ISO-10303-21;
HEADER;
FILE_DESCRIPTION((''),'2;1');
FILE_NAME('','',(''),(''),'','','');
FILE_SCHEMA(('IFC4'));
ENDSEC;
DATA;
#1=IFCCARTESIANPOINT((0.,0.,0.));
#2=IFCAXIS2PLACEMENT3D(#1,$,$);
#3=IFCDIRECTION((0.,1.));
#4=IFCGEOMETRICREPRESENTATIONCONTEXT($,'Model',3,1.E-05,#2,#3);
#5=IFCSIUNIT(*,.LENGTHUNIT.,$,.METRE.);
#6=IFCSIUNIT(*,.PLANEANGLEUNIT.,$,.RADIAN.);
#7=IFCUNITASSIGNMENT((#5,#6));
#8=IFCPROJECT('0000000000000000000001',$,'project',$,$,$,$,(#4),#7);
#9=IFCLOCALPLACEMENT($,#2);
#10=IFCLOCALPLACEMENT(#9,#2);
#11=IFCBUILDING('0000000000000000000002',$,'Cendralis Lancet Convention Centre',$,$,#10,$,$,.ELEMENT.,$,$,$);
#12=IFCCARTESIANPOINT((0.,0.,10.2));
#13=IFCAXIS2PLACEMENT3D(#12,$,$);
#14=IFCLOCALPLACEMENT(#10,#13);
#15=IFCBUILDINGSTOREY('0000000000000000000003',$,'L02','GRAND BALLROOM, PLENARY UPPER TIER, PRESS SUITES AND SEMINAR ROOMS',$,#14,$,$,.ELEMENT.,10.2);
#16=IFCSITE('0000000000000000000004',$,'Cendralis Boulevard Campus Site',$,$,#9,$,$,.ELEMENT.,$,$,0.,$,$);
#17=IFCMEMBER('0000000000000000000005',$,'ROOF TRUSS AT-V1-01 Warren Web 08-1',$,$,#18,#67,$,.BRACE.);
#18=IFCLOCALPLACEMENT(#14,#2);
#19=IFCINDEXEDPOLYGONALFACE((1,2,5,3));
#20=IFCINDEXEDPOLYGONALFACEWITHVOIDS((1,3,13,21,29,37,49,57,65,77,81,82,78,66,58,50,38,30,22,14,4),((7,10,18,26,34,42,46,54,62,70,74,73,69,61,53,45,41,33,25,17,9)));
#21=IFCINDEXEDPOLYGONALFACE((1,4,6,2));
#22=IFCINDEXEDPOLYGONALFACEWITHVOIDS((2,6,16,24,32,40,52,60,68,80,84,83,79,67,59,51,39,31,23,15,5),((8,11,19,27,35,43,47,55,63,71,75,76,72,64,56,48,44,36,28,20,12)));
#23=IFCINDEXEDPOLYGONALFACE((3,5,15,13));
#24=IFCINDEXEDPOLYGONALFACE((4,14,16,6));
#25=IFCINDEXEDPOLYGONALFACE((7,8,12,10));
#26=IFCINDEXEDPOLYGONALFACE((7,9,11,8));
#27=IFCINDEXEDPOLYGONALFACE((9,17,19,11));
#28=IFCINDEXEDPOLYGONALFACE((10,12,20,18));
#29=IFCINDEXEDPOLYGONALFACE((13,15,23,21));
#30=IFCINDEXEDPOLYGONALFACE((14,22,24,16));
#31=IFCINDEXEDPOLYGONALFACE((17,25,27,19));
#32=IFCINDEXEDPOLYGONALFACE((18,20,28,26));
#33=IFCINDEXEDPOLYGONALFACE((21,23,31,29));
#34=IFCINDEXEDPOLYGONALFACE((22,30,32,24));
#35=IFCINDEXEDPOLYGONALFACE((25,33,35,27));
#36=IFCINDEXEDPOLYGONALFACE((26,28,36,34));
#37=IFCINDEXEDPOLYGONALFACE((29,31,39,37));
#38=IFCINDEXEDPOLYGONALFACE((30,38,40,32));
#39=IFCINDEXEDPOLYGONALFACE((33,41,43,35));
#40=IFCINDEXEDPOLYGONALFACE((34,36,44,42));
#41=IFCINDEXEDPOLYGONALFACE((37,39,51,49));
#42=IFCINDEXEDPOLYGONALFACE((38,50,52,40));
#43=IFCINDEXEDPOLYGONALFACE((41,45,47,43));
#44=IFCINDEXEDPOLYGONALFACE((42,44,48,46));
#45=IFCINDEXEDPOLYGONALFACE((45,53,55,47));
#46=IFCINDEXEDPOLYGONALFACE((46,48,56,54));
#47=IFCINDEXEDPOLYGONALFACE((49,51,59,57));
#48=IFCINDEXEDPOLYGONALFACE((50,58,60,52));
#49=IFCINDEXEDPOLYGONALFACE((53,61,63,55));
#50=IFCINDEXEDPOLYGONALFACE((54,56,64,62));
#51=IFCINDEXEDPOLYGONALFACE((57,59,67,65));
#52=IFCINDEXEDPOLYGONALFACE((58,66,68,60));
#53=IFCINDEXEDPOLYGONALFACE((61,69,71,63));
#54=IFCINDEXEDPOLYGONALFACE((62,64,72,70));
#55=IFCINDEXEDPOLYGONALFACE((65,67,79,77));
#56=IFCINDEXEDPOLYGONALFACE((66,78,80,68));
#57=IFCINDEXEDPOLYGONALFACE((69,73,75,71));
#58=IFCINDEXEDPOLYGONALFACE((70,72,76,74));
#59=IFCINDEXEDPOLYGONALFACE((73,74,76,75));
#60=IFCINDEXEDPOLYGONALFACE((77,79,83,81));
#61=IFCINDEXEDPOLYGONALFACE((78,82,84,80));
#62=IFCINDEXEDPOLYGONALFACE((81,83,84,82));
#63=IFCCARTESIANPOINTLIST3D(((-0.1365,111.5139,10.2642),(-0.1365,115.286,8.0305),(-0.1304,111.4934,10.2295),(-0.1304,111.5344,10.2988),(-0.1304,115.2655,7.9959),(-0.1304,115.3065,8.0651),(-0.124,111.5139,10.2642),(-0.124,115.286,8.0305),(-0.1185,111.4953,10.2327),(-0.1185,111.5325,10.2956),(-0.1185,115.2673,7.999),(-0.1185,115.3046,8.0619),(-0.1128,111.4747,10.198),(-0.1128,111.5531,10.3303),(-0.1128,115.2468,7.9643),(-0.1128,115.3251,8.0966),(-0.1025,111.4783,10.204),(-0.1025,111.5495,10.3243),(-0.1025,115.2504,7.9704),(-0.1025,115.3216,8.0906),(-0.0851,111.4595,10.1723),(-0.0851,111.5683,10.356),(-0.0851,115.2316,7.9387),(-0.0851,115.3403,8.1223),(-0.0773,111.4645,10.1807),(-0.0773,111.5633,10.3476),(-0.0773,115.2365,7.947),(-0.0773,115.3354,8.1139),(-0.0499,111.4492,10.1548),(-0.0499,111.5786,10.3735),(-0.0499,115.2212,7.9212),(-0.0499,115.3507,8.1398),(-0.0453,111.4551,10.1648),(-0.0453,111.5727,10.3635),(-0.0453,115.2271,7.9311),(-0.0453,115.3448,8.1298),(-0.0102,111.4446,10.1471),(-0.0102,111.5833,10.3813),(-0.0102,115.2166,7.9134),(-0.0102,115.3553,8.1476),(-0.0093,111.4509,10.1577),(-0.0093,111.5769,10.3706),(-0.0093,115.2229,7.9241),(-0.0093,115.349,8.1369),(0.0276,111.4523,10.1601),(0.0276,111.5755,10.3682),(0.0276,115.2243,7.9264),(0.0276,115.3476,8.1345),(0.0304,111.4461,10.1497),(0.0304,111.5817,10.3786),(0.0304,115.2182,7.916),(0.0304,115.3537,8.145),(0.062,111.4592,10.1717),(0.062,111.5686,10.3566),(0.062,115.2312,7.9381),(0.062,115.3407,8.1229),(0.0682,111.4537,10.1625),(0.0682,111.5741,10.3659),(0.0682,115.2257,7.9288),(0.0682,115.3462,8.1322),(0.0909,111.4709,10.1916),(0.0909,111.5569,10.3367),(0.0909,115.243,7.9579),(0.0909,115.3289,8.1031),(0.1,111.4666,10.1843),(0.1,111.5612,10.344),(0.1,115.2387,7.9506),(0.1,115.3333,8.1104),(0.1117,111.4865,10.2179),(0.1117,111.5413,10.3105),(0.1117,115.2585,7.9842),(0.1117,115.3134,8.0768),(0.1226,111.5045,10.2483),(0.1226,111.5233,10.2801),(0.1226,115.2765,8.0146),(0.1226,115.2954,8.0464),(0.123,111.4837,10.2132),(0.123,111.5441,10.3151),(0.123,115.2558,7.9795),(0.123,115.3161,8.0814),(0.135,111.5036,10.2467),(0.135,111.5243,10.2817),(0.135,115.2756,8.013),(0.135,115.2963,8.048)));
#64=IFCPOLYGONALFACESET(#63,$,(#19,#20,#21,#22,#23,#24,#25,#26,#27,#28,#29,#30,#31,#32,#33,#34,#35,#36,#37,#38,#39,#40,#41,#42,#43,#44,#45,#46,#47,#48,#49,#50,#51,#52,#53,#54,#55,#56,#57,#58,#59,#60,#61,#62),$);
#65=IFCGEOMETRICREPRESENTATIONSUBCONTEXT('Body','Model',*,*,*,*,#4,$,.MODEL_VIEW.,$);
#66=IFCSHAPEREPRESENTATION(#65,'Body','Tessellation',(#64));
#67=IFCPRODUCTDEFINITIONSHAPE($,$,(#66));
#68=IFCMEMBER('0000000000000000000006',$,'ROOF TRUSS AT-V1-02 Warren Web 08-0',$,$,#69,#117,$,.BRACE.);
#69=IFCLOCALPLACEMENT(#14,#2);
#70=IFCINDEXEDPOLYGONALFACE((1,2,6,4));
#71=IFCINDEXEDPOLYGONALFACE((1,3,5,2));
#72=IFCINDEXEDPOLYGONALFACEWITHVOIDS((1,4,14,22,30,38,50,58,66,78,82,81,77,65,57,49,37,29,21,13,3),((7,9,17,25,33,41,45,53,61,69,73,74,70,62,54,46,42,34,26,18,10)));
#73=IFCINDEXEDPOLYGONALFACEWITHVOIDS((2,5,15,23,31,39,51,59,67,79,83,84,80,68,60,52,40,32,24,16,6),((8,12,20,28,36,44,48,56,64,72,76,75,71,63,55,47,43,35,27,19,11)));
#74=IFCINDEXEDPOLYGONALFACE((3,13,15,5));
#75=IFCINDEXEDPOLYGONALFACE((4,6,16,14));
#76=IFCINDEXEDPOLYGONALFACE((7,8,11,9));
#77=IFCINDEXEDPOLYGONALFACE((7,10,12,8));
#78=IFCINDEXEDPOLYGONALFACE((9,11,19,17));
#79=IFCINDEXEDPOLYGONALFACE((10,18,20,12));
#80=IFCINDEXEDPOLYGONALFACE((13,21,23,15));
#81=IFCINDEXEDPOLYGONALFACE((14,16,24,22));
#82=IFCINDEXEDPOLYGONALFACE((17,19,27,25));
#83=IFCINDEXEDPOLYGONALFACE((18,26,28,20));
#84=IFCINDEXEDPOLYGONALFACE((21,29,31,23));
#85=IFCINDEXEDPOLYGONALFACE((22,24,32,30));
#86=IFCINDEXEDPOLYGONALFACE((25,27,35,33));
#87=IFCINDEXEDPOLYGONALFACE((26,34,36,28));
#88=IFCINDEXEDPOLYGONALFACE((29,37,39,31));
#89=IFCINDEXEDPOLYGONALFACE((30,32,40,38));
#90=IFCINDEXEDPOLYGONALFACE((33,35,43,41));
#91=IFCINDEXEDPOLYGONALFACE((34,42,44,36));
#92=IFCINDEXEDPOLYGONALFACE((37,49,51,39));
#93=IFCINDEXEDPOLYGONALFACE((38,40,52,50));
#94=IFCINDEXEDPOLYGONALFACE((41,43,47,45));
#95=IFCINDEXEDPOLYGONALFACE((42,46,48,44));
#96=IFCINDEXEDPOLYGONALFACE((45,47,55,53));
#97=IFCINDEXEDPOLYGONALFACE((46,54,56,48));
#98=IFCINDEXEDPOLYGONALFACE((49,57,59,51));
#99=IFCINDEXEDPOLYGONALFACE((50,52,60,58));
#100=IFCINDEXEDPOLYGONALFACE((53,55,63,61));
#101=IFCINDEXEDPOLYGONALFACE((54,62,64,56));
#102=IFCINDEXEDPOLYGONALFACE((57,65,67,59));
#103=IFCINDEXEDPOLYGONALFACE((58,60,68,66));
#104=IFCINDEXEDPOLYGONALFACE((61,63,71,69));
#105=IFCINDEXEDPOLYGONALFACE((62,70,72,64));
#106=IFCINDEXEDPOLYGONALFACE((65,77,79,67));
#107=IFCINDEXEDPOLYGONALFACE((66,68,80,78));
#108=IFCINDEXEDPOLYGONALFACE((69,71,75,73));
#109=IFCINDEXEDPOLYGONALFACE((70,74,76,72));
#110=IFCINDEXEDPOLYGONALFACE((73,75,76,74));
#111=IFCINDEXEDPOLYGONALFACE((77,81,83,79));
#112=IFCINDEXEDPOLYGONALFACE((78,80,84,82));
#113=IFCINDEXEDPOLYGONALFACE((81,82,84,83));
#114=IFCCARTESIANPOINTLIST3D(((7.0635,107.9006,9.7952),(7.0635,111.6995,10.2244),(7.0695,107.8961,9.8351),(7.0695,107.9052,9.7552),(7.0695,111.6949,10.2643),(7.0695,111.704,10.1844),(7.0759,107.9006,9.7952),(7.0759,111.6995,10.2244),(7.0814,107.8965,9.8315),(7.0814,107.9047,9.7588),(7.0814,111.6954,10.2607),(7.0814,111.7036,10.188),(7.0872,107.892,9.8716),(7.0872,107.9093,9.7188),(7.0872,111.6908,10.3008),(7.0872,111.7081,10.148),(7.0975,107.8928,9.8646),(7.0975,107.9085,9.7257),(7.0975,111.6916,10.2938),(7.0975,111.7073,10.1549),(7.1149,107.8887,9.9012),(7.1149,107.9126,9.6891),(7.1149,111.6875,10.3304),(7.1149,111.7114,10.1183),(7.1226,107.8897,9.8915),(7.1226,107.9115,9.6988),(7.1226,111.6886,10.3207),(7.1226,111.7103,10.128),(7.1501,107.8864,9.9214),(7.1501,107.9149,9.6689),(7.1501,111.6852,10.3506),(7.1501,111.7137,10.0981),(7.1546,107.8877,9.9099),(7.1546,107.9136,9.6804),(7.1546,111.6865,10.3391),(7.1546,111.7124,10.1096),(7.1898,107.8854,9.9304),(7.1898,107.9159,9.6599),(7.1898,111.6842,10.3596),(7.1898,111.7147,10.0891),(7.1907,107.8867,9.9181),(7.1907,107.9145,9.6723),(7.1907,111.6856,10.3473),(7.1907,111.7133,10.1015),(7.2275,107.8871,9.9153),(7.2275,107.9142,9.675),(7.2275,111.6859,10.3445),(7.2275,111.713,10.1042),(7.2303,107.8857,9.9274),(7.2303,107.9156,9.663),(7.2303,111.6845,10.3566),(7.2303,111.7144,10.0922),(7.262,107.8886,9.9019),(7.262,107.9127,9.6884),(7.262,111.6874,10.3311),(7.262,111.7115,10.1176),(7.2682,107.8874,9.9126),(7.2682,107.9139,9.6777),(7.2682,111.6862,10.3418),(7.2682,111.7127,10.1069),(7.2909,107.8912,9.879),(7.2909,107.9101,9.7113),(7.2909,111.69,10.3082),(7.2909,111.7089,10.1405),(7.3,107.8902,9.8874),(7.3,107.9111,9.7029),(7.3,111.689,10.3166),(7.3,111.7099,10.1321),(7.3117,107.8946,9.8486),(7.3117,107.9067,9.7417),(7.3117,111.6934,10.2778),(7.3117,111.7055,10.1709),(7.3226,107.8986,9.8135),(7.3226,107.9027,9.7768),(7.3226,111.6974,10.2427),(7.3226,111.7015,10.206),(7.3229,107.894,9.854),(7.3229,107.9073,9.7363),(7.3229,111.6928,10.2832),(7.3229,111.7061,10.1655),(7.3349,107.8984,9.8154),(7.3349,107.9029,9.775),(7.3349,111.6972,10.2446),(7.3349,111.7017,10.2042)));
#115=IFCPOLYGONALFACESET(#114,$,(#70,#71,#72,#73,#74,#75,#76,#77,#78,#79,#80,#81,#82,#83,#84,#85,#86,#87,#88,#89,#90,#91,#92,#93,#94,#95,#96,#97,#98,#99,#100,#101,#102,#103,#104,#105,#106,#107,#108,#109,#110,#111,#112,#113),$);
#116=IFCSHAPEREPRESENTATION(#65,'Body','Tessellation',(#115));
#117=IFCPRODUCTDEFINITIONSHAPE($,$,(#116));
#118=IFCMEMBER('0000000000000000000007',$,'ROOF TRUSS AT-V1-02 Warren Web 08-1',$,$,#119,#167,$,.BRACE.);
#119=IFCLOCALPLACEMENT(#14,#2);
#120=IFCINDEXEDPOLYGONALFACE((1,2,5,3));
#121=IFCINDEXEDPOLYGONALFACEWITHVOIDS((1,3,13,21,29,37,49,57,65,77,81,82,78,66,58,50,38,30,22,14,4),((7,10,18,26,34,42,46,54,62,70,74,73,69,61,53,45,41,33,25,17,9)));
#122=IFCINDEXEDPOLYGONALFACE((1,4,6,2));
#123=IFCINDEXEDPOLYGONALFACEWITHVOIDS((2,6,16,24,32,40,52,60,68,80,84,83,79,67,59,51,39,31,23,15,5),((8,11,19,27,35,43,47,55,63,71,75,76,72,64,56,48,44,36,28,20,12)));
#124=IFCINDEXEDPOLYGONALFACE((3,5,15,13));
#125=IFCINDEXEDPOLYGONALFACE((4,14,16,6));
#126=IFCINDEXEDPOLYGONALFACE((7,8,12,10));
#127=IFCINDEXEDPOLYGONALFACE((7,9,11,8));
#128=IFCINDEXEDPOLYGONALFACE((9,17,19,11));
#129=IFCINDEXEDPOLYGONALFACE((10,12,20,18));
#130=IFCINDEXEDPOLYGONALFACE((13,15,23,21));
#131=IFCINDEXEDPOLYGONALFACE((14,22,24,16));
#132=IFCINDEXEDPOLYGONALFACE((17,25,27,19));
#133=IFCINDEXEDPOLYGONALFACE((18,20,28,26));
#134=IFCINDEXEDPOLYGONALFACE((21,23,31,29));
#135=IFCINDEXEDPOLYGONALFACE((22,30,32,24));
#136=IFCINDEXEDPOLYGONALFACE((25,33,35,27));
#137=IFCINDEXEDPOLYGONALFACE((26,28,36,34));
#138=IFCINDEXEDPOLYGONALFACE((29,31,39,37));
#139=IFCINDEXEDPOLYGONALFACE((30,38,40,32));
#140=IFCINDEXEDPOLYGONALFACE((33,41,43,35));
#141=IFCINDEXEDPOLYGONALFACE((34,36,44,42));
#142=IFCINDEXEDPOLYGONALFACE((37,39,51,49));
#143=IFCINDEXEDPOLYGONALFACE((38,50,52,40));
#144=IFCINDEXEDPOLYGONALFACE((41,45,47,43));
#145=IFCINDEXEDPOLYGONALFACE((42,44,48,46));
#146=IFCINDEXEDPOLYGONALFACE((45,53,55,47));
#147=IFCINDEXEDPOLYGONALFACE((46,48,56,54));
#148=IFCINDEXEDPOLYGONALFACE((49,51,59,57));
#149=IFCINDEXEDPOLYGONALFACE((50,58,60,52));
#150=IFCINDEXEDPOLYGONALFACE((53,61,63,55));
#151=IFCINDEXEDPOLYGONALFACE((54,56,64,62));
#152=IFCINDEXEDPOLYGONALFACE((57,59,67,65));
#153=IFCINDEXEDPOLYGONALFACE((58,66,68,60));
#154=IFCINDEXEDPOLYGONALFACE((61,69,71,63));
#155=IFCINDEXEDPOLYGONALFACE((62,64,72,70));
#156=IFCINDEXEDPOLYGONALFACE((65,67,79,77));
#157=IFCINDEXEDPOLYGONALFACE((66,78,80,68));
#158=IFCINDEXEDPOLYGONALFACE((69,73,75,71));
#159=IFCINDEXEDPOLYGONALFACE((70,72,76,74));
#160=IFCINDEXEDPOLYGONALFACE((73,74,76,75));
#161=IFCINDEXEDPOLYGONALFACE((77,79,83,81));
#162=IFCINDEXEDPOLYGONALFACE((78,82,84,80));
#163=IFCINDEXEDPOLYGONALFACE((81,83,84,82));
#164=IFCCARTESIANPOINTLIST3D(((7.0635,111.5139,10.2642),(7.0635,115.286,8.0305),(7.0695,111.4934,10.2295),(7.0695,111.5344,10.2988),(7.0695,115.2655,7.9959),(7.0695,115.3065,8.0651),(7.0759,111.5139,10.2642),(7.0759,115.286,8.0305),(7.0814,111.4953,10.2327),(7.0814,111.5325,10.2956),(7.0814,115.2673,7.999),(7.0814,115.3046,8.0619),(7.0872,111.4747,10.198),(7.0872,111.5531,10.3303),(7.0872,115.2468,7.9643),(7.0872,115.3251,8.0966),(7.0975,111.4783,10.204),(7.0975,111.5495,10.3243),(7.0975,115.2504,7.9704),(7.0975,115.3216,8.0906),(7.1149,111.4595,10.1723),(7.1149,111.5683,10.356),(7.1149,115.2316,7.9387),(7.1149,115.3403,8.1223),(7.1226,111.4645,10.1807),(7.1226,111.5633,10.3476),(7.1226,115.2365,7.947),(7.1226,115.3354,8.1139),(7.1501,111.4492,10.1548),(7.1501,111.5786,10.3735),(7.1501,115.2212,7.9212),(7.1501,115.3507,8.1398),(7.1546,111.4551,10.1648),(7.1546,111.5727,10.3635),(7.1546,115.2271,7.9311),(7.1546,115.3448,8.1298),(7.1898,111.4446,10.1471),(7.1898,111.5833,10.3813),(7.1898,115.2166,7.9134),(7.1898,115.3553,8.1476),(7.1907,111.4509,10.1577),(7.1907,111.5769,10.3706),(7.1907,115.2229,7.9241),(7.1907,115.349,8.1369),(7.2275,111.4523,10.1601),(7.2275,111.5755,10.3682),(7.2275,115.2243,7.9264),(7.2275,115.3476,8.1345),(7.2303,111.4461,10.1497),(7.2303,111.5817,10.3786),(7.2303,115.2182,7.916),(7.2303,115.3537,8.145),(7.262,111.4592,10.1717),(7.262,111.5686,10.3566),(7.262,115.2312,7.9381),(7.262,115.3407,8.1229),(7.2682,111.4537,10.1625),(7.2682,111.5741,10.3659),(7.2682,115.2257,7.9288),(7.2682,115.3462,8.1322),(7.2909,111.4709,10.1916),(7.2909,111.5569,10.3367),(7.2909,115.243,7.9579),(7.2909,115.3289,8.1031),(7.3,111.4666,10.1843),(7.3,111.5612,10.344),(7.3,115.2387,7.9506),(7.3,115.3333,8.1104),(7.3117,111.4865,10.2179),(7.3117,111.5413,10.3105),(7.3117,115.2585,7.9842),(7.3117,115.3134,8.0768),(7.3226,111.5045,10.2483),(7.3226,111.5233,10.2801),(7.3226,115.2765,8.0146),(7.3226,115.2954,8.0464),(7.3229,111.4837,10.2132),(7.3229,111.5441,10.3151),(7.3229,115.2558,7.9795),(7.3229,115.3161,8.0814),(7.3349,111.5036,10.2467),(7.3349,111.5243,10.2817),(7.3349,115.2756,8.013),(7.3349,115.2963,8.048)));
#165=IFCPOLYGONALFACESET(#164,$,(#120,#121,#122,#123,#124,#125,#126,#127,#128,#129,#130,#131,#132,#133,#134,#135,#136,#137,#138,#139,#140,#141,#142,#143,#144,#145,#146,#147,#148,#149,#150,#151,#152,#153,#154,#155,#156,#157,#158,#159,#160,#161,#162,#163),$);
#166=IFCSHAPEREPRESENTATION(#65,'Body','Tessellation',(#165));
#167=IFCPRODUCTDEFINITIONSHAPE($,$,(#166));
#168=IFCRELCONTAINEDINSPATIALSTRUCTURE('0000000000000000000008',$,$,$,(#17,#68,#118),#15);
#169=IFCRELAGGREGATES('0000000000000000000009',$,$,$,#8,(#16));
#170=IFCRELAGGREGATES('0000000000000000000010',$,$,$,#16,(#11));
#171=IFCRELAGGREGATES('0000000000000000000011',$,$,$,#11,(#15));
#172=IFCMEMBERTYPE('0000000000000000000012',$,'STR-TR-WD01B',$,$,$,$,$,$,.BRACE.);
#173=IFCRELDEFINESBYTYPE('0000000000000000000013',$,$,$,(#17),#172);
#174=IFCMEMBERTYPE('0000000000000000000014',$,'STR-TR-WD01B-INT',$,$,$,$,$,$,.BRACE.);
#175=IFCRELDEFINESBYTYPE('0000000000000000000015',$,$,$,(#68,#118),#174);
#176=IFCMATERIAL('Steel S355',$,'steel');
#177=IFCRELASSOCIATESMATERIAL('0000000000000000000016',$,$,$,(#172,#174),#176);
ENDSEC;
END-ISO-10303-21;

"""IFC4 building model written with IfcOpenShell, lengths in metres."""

from ifc_helpers import new_model, si_unit, direction, frame, origin, origin_2d, place, context, subcontext, project, spatial, hollow_circle, extrude, material, material_profile, profile_set, type_object, element, save


model = new_model("IFC4")

# Units and contexts
model_context = context("Model", 3, precision=1e-05, world=origin(), true_north=direction((0.0, 1.0)))
body_context = subcontext(model_context, "Body", "Model", "MODEL_VIEW")
ifc_project = project(units=[si_unit("LENGTHUNIT", "METRE"), si_unit("PLANEANGLEUNIT", "RADIAN")], contexts=[model_context])

# Site, building, storey
site_placement = place(None, origin())
site = spatial("IfcSite", under=ifc_project, at=site_placement, Name="Cendralis Boulevard Campus Site", CompositionType="ELEMENT", RefElevation=0.0)
building_placement = place(site_placement, origin())
building = spatial("IfcBuilding", under=site, at=building_placement, Name="Cendralis Lancet Convention Centre", CompositionType="ELEMENT")
storey_placement = place(building_placement, frame((0.0, 0.0, 10.2)))
storey = spatial("IfcBuildingStorey", under=building, at=storey_placement, Name="L02", Description="GRAND BALLROOM, PLENARY UPPER TIER, PRESS SUITES AND SEMINAR ROOMS", CompositionType="ELEMENT", Elevation=10.2)

# Members
ifc_material = material(Name="Steel S355", Category="steel")
ifc_material_profile_1 = material_profile(ifc_material, hollow_circle(Radius=0.1365, WallThickness=0.0125, at=origin_2d()), Name="CHS 273.0x12.5")
ifc_profile_set_1 = profile_set([ifc_material_profile_1], Name="Steel S355")
member_type_1 = type_object("IfcMemberType", Name="STR-TR-WD01B", PredefinedType="BRACE", material=ifc_profile_set_1)
member_1_placement = place(storey_placement, frame((0.0, 111.5139, 10.2642), z_axis=(0.0, 0.860452, -0.509532), x_axis=(-1.0, 0.0, 0.0)))
element("IfcMember", 1, at=member_1_placement, inside=storey, type_object=member_type_1, Name="ROOF TRUSS AT-V1-01 Warren Web 08-1", PredefinedType="BRACE", context=body_context, shape_type="SweptSolid", body=[
    extrude(hollow_circle(Radius=0.1365, WallThickness=0.0125, at=origin_2d()), origin(), (0.0, 0.0, 1.0), 4.3838),
])
ifc_material_profile_2 = material_profile(ifc_material, hollow_circle(Radius=0.1365, WallThickness=0.0125, at=origin_2d()), Name="CHS 273.0x12.5")
ifc_profile_set_2 = profile_set([ifc_material_profile_2], Name="Steel S355")
member_type_2 = type_object("IfcMemberType", Name="STR-TR-WD01B-INT", PredefinedType="BRACE", material=ifc_profile_set_2)
member_2_placement = place(storey_placement, frame((7.2, 107.9006, 9.7952), z_axis=(0.0, 0.993678, 0.112268), x_axis=(-1.0, 0.0, 0.0)))
element("IfcMember", 2, at=member_2_placement, inside=storey, type_object=member_type_2, Name="ROOF TRUSS AT-V1-02 Warren Web 08-0", PredefinedType="BRACE", context=body_context, shape_type="SweptSolid", body=[
    extrude(hollow_circle(Radius=0.1365, WallThickness=0.0125, at=origin_2d()), origin(), (0.0, 0.0, 1.0), 3.823),
])
member_3_placement = place(storey_placement, frame((7.2, 111.5139, 10.2642), z_axis=(0.0, 0.860452, -0.509532), x_axis=(-1.0, 0.0, 0.0)))
element("IfcMember", 3, at=member_3_placement, inside=storey, type_object=member_type_2, Name="ROOF TRUSS AT-V1-02 Warren Web 08-1", PredefinedType="BRACE", context=body_context, shape_type="SweptSolid", body=[
    extrude(hollow_circle(Radius=0.1365, WallThickness=0.0125, at=origin_2d()), origin(), (0.0, 0.0, 1.0), 4.3838),
])

save(model, "model.ifc")
